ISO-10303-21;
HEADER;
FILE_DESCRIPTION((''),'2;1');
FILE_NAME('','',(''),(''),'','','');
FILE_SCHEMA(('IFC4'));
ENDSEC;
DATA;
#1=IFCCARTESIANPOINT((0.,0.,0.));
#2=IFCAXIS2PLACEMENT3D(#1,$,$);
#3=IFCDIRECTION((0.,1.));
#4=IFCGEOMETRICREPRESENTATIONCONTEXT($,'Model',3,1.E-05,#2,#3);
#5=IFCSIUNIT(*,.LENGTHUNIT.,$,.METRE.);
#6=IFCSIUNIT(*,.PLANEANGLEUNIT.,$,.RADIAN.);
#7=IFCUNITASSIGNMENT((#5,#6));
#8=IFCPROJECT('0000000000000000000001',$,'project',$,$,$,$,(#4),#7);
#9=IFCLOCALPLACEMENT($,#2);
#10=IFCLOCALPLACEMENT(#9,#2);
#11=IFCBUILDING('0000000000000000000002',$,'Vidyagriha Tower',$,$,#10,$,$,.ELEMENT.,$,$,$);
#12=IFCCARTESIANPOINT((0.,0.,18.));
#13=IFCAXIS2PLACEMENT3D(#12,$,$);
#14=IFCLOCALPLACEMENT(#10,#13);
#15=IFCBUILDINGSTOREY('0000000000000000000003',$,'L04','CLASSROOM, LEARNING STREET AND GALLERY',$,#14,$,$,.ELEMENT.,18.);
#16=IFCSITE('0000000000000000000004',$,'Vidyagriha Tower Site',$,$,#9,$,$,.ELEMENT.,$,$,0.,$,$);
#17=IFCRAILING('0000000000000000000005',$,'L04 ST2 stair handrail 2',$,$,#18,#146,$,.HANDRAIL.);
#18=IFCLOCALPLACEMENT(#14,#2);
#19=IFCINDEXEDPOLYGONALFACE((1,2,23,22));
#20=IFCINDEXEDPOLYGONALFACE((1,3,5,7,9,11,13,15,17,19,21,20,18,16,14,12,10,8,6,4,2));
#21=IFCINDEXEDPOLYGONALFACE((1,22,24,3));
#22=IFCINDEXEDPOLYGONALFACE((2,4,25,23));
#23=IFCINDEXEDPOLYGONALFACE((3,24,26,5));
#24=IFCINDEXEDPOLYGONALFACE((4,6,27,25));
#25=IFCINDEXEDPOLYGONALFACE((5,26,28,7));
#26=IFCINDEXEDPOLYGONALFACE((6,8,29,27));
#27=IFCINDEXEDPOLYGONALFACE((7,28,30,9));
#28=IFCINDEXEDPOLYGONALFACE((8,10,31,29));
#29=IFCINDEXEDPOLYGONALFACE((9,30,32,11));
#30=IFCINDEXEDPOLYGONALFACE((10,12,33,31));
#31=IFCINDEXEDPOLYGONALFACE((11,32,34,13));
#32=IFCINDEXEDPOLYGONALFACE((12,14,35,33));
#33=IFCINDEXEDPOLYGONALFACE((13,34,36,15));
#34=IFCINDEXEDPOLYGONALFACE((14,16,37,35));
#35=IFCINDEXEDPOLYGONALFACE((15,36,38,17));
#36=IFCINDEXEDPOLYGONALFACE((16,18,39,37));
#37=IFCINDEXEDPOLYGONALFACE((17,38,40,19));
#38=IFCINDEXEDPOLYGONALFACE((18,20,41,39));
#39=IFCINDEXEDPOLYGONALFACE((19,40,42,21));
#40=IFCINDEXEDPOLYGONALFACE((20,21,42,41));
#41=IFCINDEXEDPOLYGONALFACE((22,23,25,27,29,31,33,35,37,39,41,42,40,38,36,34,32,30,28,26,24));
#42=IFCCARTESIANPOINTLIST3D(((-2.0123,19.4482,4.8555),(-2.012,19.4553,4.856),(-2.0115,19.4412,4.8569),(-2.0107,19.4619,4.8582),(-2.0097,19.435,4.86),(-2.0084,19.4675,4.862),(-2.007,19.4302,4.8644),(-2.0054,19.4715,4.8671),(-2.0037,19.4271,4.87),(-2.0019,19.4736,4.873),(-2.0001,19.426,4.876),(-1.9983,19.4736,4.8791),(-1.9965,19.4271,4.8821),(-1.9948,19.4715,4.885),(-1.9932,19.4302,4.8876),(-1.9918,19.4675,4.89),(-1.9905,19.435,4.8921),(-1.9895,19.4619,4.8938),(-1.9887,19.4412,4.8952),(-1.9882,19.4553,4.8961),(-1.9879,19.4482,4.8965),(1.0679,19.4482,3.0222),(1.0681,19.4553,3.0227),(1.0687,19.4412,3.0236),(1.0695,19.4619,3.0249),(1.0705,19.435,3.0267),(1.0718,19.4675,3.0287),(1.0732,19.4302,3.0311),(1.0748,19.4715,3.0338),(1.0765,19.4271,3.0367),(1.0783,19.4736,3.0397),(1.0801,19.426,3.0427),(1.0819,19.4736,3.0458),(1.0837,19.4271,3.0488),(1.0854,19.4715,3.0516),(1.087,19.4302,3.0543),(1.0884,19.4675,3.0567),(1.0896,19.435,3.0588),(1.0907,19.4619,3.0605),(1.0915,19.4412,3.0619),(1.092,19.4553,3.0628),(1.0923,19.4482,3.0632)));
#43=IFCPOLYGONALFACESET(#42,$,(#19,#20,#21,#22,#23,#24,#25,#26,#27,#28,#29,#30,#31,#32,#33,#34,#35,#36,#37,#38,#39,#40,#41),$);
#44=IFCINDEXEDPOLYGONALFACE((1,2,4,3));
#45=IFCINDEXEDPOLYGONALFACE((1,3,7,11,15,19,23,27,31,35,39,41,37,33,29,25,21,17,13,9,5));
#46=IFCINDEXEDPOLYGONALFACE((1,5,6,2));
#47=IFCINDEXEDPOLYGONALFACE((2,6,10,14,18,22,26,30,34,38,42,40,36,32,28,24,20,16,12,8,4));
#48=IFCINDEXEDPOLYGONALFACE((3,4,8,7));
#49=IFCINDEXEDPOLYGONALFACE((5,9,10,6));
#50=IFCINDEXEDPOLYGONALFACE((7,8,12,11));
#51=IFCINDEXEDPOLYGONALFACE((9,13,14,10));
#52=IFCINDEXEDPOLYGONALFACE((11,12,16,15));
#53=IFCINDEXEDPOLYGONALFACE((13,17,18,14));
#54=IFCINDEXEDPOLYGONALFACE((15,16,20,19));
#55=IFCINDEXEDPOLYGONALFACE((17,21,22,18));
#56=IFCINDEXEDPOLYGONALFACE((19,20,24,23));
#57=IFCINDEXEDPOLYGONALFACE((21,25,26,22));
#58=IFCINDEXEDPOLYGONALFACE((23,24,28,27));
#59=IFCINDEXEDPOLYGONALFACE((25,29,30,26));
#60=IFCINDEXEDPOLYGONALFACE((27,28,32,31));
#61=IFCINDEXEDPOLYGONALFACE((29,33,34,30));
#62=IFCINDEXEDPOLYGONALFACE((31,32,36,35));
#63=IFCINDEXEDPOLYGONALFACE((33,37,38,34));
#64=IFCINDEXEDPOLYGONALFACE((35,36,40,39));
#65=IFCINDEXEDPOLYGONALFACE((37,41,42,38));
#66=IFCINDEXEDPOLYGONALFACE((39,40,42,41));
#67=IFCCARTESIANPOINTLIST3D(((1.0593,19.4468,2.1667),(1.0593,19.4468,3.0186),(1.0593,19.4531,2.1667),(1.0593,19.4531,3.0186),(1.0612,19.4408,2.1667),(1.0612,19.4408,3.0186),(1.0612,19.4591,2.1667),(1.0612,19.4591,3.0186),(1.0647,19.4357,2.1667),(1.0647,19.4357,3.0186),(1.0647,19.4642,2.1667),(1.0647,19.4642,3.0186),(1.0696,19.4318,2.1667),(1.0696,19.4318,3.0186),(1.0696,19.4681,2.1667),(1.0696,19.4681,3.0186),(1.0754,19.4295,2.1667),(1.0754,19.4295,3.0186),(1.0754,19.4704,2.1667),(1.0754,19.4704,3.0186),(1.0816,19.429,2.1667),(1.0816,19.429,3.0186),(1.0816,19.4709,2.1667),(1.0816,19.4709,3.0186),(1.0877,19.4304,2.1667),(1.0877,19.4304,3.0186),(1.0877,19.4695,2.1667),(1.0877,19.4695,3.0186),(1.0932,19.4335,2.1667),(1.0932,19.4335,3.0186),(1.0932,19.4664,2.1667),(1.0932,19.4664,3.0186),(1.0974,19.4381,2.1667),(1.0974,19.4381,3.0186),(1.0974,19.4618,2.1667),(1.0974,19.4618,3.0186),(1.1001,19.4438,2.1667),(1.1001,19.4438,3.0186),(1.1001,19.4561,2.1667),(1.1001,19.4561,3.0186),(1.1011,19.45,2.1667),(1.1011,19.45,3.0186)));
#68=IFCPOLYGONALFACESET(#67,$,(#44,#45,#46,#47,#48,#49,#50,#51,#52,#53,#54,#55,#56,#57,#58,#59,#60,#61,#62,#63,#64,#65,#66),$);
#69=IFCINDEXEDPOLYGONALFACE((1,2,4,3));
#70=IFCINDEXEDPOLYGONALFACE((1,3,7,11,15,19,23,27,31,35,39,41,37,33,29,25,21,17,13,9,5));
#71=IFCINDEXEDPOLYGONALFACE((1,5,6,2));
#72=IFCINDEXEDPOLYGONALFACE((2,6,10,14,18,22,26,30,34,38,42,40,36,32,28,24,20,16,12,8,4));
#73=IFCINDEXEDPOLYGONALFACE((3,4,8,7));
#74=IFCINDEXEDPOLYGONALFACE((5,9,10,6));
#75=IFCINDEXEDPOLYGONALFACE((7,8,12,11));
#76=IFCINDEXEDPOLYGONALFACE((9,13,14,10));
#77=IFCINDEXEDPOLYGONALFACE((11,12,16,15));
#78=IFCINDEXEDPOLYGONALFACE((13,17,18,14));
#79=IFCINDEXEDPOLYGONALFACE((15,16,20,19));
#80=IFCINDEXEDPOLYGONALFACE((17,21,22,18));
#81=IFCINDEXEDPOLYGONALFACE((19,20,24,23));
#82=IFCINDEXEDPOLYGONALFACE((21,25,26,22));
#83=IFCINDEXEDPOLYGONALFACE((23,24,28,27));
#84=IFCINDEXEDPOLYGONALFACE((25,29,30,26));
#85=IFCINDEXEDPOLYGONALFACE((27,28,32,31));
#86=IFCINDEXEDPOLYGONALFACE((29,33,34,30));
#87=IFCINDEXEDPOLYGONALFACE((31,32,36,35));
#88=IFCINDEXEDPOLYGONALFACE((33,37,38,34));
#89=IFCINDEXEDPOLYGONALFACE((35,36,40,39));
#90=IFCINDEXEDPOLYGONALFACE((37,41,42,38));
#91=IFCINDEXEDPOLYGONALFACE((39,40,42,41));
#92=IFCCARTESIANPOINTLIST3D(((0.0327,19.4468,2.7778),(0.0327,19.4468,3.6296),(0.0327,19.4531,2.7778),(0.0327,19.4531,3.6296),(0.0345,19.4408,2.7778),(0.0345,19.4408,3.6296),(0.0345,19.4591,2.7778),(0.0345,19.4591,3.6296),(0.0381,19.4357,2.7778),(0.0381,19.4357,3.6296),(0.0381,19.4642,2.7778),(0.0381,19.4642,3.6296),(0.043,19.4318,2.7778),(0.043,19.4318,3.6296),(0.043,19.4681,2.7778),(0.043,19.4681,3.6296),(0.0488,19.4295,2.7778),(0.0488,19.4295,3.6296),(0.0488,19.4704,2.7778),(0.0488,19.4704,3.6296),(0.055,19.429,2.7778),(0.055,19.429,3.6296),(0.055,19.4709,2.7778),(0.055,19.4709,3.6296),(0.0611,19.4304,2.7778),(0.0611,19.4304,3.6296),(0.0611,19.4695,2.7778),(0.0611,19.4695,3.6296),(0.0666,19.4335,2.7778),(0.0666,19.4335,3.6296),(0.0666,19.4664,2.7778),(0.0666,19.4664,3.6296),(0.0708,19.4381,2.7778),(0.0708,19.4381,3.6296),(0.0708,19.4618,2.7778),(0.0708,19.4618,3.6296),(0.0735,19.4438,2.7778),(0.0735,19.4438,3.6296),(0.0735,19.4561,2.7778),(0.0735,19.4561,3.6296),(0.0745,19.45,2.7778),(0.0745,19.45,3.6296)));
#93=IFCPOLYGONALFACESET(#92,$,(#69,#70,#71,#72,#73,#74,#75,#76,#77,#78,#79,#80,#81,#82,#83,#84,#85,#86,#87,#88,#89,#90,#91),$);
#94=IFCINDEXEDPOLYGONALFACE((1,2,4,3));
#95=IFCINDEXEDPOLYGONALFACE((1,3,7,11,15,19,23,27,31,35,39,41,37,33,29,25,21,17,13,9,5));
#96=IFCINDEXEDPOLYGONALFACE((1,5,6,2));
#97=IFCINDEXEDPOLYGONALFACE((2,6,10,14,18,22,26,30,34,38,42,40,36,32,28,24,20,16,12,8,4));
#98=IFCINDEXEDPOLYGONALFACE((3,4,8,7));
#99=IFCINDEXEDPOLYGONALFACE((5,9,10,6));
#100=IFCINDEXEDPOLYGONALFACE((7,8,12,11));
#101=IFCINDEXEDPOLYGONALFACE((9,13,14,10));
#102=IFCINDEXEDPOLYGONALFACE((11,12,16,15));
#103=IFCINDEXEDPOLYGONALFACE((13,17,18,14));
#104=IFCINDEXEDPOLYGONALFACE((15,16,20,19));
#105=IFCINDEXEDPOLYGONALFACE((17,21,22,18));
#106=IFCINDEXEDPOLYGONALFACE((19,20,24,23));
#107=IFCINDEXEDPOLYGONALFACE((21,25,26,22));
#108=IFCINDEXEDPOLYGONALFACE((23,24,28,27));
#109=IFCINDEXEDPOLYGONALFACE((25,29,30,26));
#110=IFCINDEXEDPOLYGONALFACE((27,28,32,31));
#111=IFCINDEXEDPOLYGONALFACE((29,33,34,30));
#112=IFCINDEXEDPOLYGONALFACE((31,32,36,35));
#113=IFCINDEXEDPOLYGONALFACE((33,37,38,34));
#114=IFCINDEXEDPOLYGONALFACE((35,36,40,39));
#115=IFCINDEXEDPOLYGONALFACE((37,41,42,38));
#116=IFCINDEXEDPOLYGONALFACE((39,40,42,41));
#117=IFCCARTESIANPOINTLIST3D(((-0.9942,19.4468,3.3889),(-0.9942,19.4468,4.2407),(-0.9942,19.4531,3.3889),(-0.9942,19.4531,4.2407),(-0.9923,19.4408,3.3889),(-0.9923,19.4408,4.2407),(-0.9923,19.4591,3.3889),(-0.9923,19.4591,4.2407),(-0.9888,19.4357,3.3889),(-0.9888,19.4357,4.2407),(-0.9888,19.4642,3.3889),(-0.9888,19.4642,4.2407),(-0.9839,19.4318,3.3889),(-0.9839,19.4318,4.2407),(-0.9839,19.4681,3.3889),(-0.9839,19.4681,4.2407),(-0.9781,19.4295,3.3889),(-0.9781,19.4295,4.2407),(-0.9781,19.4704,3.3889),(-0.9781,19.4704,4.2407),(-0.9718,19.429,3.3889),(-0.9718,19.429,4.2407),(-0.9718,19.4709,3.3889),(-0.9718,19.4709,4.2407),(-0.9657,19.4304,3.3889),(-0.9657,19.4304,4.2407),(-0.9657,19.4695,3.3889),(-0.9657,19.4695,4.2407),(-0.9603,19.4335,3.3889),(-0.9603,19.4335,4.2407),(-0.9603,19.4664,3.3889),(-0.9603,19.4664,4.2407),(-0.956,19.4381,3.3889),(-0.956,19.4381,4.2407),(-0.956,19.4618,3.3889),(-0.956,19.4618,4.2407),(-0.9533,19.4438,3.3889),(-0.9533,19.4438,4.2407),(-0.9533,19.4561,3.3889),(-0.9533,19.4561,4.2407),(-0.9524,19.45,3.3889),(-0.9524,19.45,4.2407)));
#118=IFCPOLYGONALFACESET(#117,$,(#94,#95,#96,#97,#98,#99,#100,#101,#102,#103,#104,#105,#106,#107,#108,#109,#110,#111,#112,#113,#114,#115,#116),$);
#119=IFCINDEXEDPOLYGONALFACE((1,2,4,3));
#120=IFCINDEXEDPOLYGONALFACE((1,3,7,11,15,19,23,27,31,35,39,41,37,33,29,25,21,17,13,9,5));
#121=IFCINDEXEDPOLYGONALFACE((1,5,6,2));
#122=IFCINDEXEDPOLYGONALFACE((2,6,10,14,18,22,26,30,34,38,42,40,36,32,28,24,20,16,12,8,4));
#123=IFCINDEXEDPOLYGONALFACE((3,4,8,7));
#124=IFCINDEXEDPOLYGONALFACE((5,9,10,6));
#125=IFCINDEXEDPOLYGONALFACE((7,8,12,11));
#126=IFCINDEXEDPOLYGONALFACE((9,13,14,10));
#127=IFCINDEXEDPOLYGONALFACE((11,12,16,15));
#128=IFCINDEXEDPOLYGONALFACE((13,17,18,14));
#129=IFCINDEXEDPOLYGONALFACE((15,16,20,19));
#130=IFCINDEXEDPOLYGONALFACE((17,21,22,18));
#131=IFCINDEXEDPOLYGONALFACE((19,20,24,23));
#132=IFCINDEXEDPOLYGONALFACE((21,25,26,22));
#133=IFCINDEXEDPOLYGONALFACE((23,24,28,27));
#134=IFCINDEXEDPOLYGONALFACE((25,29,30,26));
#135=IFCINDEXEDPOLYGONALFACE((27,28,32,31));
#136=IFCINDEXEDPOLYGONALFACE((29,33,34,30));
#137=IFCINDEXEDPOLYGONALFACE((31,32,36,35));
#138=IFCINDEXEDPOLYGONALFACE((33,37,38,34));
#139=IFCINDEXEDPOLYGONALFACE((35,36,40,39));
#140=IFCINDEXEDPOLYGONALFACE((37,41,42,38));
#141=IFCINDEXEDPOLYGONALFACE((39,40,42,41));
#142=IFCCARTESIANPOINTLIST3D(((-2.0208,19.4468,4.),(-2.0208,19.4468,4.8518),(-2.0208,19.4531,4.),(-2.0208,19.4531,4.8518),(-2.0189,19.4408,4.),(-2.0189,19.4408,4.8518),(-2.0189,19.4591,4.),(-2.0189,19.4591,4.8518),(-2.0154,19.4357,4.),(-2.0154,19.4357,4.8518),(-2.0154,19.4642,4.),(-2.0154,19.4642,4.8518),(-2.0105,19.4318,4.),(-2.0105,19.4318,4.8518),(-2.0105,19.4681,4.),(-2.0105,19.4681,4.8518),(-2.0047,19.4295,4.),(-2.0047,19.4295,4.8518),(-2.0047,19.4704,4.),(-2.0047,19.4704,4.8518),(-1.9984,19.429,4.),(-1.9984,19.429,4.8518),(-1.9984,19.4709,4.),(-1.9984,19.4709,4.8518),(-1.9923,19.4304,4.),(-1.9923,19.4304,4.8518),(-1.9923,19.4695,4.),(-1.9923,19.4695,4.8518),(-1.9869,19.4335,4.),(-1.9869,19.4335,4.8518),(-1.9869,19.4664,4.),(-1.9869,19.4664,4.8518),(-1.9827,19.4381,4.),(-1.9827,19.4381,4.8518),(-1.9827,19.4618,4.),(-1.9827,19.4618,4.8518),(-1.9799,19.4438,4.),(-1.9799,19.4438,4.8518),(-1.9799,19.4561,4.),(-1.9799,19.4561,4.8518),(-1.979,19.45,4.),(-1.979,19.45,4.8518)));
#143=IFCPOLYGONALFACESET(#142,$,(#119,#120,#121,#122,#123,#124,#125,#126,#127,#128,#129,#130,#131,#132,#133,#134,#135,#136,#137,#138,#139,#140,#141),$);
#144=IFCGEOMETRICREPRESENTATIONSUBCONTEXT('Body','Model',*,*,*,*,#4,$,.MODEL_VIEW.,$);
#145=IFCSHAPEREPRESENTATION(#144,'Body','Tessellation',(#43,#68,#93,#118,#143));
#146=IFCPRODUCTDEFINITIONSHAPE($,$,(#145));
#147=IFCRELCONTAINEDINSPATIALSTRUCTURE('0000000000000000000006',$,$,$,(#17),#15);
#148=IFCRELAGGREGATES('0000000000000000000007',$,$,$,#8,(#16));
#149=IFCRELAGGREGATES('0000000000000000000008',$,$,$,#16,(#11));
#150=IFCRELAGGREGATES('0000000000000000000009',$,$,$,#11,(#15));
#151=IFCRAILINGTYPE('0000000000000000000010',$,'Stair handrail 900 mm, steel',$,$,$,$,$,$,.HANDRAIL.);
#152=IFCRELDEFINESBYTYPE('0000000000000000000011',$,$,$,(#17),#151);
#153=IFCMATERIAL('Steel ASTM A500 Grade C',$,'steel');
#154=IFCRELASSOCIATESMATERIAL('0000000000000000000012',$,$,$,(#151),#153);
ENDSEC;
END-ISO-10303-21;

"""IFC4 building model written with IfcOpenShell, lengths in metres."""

from ifc_helpers import new_model, si_unit, direction, frame, origin, origin_2d, place, context, subcontext, project, spatial, circle, extrude, material, type_object, element, save


model = new_model("IFC4")

# Units and contexts
model_context = context("Model", 3, precision=1e-05, world=origin(), true_north=direction((0.0, 1.0)))
body_context = subcontext(model_context, "Body", "Model", "MODEL_VIEW")
ifc_project = project(units=[si_unit("LENGTHUNIT", "METRE"), si_unit("PLANEANGLEUNIT", "RADIAN")], contexts=[model_context])

# Site, building, storey
site_placement = place(None, origin())
site = spatial("IfcSite", under=ifc_project, at=site_placement, Name="Vidyagriha Tower Site", CompositionType="ELEMENT", RefElevation=0.0)
building_placement = place(site_placement, origin())
building = spatial("IfcBuilding", under=site, at=building_placement, Name="Vidyagriha Tower", CompositionType="ELEMENT")
storey_placement = place(building_placement, frame((0.0, 0.0, 18.0)))
storey = spatial("IfcBuildingStorey", under=building, at=storey_placement, Name="L04", Description="CLASSROOM, LEARNING STREET AND GALLERY", CompositionType="ELEMENT", Elevation=18.0)

# Railing
ifc_material_1 = material(Name="Steel ASTM A500 Grade C", Category="steel")
railing_type_1 = type_object("IfcRailingType", Name="Stair handrail 900 mm, steel", PredefinedType="HANDRAIL", material=ifc_material_1)
railing_1_placement = place(storey_placement, frame((1.0801, 19.45, 2.1667)))
element("IfcRailing", 1, at=railing_1_placement, inside=storey, type_object=railing_type_1, Name="L04 ST2 stair handrail 2", PredefinedType="HANDRAIL", context=body_context, shape_type="SweptSolid", body=[
    extrude(circle(Radius=0.0239, at=origin_2d()), frame((0.0, 0.0, 0.876), z_axis=(-0.859309, 0.0, 0.511458), x_axis=(0.0, -1.0, 0.0)), (0.0, 0.0, 1.0), 3.5845),
    extrude(circle(Radius=0.021, at=origin_2d()), origin(), (0.0, 0.0, 1.0), 0.8518),
    extrude(circle(Radius=0.021, at=origin_2d()), frame((-1.0266, 0.0, 0.6111)), (0.0, 0.0, 1.0), 0.8518),
    extrude(circle(Radius=0.021, at=origin_2d()), frame((-2.0535, 0.0, 1.2222)), (0.0, 0.0, 1.0), 0.8518),
    extrude(circle(Radius=0.021, at=origin_2d()), frame((-3.0801, 0.0, 1.8333)), (0.0, 0.0, 1.0), 0.8518),
])

save(model, "model.ifc")
